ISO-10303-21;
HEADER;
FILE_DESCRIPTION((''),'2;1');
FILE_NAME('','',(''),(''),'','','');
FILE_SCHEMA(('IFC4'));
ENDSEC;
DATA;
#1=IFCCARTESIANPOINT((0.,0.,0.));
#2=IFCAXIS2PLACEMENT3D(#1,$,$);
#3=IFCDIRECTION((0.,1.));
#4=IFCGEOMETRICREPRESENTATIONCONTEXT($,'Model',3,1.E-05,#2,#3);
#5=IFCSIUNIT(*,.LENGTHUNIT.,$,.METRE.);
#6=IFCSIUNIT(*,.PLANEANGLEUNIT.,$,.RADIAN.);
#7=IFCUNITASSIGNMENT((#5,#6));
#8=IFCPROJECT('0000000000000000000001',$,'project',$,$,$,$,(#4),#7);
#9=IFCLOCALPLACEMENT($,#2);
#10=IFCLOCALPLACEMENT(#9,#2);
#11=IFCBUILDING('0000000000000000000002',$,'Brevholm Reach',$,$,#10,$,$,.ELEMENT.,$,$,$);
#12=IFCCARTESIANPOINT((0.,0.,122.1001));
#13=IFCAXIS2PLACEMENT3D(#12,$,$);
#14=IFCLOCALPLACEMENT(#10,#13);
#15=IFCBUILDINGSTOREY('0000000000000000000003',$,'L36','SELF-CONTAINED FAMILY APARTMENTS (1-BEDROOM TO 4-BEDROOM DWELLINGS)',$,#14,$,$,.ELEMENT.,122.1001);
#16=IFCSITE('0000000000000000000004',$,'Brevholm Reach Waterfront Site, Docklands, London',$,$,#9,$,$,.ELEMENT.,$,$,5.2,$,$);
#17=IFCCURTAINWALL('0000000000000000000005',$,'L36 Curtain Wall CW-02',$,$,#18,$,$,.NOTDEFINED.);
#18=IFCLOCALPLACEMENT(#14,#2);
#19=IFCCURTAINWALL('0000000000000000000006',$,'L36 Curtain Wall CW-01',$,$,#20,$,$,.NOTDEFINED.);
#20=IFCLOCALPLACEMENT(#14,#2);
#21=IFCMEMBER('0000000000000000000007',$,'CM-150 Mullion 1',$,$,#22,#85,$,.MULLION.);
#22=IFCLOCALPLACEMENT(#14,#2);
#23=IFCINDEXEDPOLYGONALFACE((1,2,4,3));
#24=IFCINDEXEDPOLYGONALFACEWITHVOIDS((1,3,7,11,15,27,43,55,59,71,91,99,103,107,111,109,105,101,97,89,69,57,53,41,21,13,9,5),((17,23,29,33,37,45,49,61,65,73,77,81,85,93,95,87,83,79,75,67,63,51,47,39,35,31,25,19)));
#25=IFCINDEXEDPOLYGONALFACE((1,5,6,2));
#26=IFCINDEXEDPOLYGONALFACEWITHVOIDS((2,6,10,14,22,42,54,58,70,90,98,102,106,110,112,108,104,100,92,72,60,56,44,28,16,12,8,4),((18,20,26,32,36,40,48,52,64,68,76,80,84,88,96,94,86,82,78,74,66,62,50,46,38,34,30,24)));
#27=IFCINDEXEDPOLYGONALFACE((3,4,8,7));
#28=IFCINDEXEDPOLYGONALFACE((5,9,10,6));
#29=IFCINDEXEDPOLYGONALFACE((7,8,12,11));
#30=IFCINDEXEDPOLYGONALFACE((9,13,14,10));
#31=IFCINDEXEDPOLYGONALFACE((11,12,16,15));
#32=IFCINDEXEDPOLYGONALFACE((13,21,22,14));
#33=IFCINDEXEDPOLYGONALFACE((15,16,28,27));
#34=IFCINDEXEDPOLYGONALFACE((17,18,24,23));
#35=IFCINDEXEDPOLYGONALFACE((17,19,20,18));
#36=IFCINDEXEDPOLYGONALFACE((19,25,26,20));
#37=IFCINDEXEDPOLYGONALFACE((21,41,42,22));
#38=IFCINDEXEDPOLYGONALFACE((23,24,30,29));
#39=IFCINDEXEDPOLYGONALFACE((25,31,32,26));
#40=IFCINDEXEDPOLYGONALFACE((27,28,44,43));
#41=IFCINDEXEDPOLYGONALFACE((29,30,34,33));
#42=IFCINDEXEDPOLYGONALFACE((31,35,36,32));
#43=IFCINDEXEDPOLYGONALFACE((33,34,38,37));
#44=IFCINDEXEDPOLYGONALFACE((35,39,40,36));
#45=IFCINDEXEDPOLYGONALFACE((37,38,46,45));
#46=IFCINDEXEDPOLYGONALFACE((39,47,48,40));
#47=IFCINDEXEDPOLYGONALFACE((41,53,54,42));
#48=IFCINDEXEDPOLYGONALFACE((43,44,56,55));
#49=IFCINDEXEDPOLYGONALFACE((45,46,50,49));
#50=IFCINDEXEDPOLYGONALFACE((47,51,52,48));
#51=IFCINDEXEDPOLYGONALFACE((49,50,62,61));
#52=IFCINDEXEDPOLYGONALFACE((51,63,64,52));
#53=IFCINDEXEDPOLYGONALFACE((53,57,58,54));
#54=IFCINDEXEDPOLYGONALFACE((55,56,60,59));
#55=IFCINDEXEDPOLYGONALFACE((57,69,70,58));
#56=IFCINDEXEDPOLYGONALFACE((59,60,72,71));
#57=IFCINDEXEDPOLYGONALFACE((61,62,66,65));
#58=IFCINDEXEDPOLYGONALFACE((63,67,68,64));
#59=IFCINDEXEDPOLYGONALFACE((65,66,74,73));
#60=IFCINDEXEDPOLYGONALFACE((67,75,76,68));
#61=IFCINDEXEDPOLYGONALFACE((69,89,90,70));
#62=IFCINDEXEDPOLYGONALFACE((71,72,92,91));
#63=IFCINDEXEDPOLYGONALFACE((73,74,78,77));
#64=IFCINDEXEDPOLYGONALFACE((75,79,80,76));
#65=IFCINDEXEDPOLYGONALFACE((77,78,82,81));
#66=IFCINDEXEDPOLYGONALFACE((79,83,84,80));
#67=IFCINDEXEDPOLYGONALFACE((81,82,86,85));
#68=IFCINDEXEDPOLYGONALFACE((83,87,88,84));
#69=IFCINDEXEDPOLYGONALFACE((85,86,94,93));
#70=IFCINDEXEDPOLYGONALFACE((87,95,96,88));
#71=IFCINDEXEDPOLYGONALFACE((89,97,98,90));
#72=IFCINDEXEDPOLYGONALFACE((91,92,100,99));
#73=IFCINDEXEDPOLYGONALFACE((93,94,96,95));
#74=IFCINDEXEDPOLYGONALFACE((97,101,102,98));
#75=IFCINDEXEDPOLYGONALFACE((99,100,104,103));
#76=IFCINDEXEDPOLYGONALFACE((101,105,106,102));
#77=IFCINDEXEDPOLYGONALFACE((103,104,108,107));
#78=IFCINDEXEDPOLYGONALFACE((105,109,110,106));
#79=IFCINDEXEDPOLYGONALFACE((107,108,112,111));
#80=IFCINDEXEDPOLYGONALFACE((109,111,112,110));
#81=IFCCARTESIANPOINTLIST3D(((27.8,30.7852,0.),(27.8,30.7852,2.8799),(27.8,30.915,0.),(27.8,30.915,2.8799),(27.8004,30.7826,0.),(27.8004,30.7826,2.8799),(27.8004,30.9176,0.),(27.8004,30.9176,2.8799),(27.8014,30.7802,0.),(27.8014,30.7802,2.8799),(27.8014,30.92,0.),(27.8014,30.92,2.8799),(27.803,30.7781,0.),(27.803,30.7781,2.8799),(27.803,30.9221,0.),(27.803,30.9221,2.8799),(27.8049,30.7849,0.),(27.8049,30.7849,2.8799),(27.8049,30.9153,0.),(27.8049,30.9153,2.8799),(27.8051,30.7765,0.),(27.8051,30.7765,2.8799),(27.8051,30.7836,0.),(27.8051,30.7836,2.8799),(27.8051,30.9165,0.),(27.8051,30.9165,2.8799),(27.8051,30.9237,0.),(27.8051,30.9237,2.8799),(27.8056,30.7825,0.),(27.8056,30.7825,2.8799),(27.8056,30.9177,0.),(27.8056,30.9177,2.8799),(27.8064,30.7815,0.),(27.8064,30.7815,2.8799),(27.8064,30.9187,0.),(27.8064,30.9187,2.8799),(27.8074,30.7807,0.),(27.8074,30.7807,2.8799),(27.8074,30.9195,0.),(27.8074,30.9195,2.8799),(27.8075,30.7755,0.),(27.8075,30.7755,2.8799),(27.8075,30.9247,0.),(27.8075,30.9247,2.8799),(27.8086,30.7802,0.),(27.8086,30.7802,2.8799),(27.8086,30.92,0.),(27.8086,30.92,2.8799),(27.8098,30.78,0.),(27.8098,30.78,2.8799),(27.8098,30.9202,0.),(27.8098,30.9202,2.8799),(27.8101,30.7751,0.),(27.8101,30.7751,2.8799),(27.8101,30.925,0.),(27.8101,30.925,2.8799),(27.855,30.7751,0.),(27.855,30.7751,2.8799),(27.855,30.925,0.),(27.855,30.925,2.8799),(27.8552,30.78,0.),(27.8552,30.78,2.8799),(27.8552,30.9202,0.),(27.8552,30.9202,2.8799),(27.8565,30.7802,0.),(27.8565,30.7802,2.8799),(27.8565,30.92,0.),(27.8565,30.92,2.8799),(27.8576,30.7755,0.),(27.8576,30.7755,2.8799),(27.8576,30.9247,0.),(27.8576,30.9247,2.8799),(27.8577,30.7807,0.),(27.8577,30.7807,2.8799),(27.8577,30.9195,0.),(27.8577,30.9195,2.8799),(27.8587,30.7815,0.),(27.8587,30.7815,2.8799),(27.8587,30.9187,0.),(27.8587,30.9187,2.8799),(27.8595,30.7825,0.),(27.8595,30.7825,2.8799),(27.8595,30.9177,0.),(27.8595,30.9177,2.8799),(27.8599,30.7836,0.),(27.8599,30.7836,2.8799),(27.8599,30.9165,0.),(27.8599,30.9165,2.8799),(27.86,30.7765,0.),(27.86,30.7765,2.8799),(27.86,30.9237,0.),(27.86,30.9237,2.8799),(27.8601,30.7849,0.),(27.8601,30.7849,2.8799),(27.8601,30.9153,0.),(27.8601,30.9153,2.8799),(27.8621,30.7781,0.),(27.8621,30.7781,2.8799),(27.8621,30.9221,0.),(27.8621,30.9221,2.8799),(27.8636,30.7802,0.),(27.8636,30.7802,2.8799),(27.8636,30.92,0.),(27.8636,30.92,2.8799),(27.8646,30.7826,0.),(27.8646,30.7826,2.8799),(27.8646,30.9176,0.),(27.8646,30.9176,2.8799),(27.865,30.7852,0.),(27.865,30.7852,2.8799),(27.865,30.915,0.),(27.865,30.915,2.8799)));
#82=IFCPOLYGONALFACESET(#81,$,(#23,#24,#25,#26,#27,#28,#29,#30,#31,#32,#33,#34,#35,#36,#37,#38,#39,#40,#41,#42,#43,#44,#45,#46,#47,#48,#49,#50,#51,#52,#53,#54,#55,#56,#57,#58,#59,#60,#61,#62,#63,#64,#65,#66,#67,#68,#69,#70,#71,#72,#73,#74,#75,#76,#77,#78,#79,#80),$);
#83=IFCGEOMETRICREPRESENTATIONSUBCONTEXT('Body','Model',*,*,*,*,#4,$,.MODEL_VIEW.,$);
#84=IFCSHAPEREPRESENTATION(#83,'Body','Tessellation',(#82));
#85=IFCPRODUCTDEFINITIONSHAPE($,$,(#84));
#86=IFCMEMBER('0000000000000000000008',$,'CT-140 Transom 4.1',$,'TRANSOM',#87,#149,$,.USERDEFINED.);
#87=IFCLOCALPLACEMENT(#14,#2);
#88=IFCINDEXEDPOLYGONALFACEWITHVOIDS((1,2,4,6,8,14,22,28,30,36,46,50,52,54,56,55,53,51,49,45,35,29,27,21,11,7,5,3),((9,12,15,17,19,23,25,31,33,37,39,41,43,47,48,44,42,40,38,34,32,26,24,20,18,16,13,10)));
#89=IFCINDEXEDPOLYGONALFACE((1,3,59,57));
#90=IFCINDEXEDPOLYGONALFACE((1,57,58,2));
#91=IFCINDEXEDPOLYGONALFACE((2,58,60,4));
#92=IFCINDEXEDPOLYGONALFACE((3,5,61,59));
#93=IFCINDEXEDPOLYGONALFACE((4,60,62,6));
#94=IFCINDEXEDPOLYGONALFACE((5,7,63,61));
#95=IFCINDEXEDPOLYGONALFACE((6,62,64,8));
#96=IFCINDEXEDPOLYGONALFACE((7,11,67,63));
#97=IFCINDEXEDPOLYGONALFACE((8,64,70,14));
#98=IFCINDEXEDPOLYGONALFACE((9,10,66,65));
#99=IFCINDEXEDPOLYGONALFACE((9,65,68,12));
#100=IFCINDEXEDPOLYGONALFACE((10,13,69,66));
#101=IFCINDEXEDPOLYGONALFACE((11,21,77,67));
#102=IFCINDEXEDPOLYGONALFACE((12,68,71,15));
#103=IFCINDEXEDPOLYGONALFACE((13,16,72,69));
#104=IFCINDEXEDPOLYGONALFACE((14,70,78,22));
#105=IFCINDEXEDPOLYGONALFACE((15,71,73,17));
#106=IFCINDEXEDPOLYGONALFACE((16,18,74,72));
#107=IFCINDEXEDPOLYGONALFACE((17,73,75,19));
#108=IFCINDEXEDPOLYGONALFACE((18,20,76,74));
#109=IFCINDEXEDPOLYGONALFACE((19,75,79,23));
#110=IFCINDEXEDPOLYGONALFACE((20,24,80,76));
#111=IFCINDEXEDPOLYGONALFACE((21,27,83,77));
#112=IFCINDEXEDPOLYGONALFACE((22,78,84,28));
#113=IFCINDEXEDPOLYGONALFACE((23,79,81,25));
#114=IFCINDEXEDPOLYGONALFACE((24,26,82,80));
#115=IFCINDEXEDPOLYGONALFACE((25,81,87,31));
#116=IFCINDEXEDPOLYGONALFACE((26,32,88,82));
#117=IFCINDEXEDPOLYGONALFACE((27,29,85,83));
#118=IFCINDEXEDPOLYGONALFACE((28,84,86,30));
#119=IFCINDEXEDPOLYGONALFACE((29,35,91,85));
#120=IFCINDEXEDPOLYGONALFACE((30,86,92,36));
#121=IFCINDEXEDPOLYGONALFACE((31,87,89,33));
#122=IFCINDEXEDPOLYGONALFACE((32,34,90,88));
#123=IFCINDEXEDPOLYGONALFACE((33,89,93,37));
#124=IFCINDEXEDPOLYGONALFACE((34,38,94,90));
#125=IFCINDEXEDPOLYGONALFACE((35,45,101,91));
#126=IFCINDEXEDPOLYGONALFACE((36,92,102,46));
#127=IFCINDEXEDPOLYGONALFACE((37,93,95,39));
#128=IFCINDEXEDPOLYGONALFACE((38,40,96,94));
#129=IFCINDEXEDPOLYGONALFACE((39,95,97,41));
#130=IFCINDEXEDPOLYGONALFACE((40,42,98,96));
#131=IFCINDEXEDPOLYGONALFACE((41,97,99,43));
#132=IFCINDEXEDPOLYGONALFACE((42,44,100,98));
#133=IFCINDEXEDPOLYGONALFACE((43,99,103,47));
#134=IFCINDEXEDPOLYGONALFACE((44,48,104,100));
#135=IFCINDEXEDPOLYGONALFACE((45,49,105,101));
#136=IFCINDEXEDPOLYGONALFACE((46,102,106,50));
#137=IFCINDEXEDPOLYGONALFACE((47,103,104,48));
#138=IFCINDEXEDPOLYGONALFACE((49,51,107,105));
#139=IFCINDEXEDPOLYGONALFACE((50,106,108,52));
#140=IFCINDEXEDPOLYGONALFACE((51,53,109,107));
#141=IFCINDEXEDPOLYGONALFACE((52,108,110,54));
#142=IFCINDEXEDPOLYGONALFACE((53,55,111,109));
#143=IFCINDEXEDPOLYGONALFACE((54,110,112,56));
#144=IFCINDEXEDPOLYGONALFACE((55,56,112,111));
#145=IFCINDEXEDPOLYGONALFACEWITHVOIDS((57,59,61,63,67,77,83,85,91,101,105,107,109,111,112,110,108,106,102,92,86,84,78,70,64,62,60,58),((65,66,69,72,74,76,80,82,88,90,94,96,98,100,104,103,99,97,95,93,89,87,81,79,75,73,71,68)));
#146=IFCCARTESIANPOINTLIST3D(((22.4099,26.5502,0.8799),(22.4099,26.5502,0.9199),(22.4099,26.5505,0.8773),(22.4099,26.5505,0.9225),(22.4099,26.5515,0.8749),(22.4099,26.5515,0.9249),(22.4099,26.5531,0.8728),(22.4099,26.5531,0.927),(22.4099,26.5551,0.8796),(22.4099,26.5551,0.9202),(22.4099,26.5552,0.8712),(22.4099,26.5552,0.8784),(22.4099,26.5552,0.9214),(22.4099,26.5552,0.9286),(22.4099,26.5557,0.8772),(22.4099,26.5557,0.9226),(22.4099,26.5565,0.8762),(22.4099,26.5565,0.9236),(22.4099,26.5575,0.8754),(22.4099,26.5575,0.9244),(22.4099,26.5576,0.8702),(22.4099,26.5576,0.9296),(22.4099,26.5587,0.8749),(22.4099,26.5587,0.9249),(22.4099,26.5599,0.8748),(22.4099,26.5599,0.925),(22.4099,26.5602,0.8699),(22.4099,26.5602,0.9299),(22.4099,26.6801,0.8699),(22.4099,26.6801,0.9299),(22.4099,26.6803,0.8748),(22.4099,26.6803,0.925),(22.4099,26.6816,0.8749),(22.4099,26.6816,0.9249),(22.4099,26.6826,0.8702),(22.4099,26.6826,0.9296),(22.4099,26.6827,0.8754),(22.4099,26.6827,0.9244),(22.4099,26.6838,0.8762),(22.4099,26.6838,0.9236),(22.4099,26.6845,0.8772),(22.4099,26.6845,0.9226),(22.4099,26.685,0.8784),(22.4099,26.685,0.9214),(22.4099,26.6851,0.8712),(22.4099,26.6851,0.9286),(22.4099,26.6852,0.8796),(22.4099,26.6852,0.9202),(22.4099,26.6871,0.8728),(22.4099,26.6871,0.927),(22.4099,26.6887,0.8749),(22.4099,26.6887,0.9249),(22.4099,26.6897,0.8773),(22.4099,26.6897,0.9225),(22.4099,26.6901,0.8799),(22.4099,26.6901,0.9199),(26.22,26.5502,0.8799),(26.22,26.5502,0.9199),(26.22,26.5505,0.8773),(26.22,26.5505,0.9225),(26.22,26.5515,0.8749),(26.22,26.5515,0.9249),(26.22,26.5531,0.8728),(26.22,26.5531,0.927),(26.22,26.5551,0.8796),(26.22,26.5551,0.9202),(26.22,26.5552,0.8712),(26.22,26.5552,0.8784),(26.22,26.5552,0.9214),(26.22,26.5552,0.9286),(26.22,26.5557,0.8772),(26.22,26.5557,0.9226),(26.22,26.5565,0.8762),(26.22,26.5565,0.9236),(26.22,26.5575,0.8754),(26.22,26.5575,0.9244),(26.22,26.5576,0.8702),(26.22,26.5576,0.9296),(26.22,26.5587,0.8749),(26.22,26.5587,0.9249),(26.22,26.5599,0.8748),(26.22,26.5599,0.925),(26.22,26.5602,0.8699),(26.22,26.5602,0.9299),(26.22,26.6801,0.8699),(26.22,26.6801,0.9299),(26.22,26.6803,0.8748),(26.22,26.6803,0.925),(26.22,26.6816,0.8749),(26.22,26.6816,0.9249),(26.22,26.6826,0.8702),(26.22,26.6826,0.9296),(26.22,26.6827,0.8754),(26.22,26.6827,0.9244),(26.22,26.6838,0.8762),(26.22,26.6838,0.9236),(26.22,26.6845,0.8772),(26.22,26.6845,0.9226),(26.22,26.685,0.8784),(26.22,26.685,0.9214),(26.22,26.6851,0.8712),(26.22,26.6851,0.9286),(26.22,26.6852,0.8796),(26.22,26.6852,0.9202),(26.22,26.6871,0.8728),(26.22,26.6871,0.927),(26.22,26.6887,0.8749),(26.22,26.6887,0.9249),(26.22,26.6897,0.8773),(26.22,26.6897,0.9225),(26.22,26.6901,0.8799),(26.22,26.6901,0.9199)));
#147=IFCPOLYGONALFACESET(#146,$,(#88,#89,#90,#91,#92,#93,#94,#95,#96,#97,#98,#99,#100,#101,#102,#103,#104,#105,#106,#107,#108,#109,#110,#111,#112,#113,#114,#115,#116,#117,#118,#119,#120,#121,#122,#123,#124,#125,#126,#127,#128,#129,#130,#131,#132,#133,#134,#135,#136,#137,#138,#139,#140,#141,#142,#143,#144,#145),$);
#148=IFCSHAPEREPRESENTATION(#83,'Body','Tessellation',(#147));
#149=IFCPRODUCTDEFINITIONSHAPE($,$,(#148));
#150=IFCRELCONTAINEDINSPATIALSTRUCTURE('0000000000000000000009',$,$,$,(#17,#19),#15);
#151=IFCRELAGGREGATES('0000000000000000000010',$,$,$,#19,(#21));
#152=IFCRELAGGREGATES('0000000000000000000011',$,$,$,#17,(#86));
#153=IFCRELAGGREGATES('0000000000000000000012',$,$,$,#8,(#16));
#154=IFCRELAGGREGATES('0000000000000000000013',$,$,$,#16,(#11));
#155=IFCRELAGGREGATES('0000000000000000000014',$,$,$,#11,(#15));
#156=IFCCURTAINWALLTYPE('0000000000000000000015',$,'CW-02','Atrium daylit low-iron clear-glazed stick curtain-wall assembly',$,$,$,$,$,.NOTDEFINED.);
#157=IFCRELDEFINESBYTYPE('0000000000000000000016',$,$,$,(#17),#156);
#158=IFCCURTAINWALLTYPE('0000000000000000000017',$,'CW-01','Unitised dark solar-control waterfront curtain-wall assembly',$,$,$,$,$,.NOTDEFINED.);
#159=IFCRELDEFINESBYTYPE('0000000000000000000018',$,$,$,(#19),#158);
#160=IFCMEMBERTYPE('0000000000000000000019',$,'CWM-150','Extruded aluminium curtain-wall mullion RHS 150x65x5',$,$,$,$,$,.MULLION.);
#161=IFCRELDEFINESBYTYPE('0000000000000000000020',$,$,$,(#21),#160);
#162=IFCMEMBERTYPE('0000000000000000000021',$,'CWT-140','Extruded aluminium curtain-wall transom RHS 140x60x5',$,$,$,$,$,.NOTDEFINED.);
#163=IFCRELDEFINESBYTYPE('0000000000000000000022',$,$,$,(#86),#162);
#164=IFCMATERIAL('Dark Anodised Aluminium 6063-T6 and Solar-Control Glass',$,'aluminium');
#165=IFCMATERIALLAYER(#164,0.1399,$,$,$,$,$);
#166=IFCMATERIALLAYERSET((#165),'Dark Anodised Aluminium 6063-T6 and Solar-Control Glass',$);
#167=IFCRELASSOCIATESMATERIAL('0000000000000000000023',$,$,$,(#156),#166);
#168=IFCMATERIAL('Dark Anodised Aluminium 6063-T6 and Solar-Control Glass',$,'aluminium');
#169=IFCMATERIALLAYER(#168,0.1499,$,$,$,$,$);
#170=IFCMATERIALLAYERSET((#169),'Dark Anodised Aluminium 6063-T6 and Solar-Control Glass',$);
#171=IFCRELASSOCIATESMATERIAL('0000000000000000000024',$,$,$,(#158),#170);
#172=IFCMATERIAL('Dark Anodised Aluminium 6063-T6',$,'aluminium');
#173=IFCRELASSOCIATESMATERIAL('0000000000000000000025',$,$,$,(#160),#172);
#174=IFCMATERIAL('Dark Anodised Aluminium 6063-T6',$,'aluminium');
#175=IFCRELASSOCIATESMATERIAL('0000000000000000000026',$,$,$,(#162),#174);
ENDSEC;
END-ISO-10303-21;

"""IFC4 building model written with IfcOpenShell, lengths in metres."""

from ifc_helpers import new_model, si_unit, direction, frame, origin, origin_2d, place, context, subcontext, project, spatial, hollow_rectangle, extrude, material, layer, layer_set, material_profile, profile_set, type_object, element, aggregate, save


model = new_model("IFC4")

# Units and contexts
model_context = context("Model", 3, precision=1e-05, world=origin(), true_north=direction((0.0, 1.0)))
body_context = subcontext(model_context, "Body", "Model", "MODEL_VIEW")
ifc_project = project(units=[si_unit("LENGTHUNIT", "METRE"), si_unit("PLANEANGLEUNIT", "RADIAN")], contexts=[model_context])

# Site, building, storey
site_placement = place(None, origin())
site = spatial("IfcSite", under=ifc_project, at=site_placement, Name="Brevholm Reach Waterfront Site, Docklands, London", CompositionType="ELEMENT", RefElevation=5.2)
building_placement = place(site_placement, origin())
building = spatial("IfcBuilding", under=site, at=building_placement, Name="Brevholm Reach", CompositionType="ELEMENT")
storey_placement = place(building_placement, frame((0.0, 0.0, 122.1001)))
storey = spatial("IfcBuildingStorey", under=building, at=storey_placement, Name="L36", Description="SELF-CONTAINED FAMILY APARTMENTS (1-BEDROOM TO 4-BEDROOM DWELLINGS)", CompositionType="ELEMENT", Elevation=122.1001)

# Curtain wall
ifc_material_1 = material(Name="Dark Anodised Aluminium 6063-T6 and Solar-Control Glass", Category="aluminium")
ifc_layer_1 = layer(ifc_material_1, 0.1399)
ifc_layer_set_1 = layer_set([ifc_layer_1], Name="Dark Anodised Aluminium 6063-T6 and Solar-Control Glass")
curtain_wall_type_1 = type_object("IfcCurtainWallType", Name="CW-02", Description="Atrium daylit low-iron clear-glazed stick curtain-wall assembly", PredefinedType="NOTDEFINED", material=ifc_layer_set_1)
curtain_wall_1_placement = place(storey_placement, origin())
curtain_wall_1 = element("IfcCurtainWall", 1, at=curtain_wall_1_placement, inside=storey, type_object=curtain_wall_type_1, Name="L36 Curtain Wall CW-02", PredefinedType="NOTDEFINED")

# Curtain wall, member
ifc_material_2 = material(Name="Dark Anodised Aluminium 6063-T6 and Solar-Control Glass", Category="aluminium")
ifc_layer_2 = layer(ifc_material_2, 0.1499)
ifc_layer_set_2 = layer_set([ifc_layer_2], Name="Dark Anodised Aluminium 6063-T6 and Solar-Control Glass")
curtain_wall_type_2 = type_object("IfcCurtainWallType", Name="CW-01", Description="Unitised dark solar-control waterfront curtain-wall assembly", PredefinedType="NOTDEFINED", material=ifc_layer_set_2)
curtain_wall_2_placement = place(storey_placement, origin())
curtain_wall_2 = element("IfcCurtainWall", 2, at=curtain_wall_2_placement, inside=storey, type_object=curtain_wall_type_2, Name="L36 Curtain Wall CW-01", PredefinedType="NOTDEFINED")
ifc_material_3 = material(Name="Dark Anodised Aluminium 6063-T6", Category="aluminium")
ifc_material_profile_1 = material_profile(ifc_material_3, hollow_rectangle(XDim=0.0649, YDim=0.1499, WallThickness=0.0049, InnerFilletRadius=0.0049, OuterFilletRadius=0.01, at=origin_2d()), Name="RHS 150x65x5")
ifc_profile_set_1 = profile_set([ifc_material_profile_1], Name="Dark Anodised Aluminium 6063-T6")
member_type_1 = type_object("IfcMemberType", Name="CWM-150", Description="Extruded aluminium curtain-wall mullion RHS 150x65x5", PredefinedType="MULLION", material=ifc_profile_set_1)
member_1_placement = place(storey_placement, frame((27.8325, 30.8501, 0.0), z_axis=(0.0, 0.0, 1.0), x_axis=(1.0, 0.0, 0.0)))
member_1 = element("IfcMember", 3, at=member_1_placement, type_object=member_type_1, Name="CM-150 Mullion 1", PredefinedType="MULLION", context=body_context, shape_type="SweptSolid", body=[
    extrude(hollow_rectangle(XDim=0.0649, YDim=0.1499, WallThickness=0.0049, InnerFilletRadius=0.0049, OuterFilletRadius=0.01, at=origin_2d()), origin(), (0.0, 0.0, 1.0), 2.8799),
])

# Member
ifc_material_4 = material(Name="Dark Anodised Aluminium 6063-T6", Category="aluminium")
ifc_material_profile_2 = material_profile(ifc_material_4, hollow_rectangle(XDim=0.0601, YDim=0.1399, WallThickness=0.0049, InnerFilletRadius=0.0049, OuterFilletRadius=0.01, at=origin_2d()), Name="RHS 140x60x5")
ifc_profile_set_2 = profile_set([ifc_material_profile_2], Name="Dark Anodised Aluminium 6063-T6")
member_type_2 = type_object("IfcMemberType", Name="CWT-140", Description="Extruded aluminium curtain-wall transom RHS 140x60x5", PredefinedType="NOTDEFINED", material=ifc_profile_set_2)
member_2_placement = place(storey_placement, frame((26.22, 26.6201, 0.8999), z_axis=(-1.0, 0.0, 0.0), x_axis=(0.0, 0.0, 1.0)))
member_2 = element("IfcMember", 4, at=member_2_placement, type_object=member_type_2, Name="CT-140 Transom 4.1", ObjectType="TRANSOM", PredefinedType="USERDEFINED", context=body_context, shape_type="SweptSolid", body=[
    extrude(hollow_rectangle(XDim=0.0601, YDim=0.1399, WallThickness=0.0049, InnerFilletRadius=0.0049, OuterFilletRadius=0.01, at=origin_2d()), origin(), (0.0, 0.0, 1.0), 3.8101),
])

aggregate(curtain_wall_2, [member_1])
aggregate(curtain_wall_1, [member_2])

save(model, "model.ifc")
